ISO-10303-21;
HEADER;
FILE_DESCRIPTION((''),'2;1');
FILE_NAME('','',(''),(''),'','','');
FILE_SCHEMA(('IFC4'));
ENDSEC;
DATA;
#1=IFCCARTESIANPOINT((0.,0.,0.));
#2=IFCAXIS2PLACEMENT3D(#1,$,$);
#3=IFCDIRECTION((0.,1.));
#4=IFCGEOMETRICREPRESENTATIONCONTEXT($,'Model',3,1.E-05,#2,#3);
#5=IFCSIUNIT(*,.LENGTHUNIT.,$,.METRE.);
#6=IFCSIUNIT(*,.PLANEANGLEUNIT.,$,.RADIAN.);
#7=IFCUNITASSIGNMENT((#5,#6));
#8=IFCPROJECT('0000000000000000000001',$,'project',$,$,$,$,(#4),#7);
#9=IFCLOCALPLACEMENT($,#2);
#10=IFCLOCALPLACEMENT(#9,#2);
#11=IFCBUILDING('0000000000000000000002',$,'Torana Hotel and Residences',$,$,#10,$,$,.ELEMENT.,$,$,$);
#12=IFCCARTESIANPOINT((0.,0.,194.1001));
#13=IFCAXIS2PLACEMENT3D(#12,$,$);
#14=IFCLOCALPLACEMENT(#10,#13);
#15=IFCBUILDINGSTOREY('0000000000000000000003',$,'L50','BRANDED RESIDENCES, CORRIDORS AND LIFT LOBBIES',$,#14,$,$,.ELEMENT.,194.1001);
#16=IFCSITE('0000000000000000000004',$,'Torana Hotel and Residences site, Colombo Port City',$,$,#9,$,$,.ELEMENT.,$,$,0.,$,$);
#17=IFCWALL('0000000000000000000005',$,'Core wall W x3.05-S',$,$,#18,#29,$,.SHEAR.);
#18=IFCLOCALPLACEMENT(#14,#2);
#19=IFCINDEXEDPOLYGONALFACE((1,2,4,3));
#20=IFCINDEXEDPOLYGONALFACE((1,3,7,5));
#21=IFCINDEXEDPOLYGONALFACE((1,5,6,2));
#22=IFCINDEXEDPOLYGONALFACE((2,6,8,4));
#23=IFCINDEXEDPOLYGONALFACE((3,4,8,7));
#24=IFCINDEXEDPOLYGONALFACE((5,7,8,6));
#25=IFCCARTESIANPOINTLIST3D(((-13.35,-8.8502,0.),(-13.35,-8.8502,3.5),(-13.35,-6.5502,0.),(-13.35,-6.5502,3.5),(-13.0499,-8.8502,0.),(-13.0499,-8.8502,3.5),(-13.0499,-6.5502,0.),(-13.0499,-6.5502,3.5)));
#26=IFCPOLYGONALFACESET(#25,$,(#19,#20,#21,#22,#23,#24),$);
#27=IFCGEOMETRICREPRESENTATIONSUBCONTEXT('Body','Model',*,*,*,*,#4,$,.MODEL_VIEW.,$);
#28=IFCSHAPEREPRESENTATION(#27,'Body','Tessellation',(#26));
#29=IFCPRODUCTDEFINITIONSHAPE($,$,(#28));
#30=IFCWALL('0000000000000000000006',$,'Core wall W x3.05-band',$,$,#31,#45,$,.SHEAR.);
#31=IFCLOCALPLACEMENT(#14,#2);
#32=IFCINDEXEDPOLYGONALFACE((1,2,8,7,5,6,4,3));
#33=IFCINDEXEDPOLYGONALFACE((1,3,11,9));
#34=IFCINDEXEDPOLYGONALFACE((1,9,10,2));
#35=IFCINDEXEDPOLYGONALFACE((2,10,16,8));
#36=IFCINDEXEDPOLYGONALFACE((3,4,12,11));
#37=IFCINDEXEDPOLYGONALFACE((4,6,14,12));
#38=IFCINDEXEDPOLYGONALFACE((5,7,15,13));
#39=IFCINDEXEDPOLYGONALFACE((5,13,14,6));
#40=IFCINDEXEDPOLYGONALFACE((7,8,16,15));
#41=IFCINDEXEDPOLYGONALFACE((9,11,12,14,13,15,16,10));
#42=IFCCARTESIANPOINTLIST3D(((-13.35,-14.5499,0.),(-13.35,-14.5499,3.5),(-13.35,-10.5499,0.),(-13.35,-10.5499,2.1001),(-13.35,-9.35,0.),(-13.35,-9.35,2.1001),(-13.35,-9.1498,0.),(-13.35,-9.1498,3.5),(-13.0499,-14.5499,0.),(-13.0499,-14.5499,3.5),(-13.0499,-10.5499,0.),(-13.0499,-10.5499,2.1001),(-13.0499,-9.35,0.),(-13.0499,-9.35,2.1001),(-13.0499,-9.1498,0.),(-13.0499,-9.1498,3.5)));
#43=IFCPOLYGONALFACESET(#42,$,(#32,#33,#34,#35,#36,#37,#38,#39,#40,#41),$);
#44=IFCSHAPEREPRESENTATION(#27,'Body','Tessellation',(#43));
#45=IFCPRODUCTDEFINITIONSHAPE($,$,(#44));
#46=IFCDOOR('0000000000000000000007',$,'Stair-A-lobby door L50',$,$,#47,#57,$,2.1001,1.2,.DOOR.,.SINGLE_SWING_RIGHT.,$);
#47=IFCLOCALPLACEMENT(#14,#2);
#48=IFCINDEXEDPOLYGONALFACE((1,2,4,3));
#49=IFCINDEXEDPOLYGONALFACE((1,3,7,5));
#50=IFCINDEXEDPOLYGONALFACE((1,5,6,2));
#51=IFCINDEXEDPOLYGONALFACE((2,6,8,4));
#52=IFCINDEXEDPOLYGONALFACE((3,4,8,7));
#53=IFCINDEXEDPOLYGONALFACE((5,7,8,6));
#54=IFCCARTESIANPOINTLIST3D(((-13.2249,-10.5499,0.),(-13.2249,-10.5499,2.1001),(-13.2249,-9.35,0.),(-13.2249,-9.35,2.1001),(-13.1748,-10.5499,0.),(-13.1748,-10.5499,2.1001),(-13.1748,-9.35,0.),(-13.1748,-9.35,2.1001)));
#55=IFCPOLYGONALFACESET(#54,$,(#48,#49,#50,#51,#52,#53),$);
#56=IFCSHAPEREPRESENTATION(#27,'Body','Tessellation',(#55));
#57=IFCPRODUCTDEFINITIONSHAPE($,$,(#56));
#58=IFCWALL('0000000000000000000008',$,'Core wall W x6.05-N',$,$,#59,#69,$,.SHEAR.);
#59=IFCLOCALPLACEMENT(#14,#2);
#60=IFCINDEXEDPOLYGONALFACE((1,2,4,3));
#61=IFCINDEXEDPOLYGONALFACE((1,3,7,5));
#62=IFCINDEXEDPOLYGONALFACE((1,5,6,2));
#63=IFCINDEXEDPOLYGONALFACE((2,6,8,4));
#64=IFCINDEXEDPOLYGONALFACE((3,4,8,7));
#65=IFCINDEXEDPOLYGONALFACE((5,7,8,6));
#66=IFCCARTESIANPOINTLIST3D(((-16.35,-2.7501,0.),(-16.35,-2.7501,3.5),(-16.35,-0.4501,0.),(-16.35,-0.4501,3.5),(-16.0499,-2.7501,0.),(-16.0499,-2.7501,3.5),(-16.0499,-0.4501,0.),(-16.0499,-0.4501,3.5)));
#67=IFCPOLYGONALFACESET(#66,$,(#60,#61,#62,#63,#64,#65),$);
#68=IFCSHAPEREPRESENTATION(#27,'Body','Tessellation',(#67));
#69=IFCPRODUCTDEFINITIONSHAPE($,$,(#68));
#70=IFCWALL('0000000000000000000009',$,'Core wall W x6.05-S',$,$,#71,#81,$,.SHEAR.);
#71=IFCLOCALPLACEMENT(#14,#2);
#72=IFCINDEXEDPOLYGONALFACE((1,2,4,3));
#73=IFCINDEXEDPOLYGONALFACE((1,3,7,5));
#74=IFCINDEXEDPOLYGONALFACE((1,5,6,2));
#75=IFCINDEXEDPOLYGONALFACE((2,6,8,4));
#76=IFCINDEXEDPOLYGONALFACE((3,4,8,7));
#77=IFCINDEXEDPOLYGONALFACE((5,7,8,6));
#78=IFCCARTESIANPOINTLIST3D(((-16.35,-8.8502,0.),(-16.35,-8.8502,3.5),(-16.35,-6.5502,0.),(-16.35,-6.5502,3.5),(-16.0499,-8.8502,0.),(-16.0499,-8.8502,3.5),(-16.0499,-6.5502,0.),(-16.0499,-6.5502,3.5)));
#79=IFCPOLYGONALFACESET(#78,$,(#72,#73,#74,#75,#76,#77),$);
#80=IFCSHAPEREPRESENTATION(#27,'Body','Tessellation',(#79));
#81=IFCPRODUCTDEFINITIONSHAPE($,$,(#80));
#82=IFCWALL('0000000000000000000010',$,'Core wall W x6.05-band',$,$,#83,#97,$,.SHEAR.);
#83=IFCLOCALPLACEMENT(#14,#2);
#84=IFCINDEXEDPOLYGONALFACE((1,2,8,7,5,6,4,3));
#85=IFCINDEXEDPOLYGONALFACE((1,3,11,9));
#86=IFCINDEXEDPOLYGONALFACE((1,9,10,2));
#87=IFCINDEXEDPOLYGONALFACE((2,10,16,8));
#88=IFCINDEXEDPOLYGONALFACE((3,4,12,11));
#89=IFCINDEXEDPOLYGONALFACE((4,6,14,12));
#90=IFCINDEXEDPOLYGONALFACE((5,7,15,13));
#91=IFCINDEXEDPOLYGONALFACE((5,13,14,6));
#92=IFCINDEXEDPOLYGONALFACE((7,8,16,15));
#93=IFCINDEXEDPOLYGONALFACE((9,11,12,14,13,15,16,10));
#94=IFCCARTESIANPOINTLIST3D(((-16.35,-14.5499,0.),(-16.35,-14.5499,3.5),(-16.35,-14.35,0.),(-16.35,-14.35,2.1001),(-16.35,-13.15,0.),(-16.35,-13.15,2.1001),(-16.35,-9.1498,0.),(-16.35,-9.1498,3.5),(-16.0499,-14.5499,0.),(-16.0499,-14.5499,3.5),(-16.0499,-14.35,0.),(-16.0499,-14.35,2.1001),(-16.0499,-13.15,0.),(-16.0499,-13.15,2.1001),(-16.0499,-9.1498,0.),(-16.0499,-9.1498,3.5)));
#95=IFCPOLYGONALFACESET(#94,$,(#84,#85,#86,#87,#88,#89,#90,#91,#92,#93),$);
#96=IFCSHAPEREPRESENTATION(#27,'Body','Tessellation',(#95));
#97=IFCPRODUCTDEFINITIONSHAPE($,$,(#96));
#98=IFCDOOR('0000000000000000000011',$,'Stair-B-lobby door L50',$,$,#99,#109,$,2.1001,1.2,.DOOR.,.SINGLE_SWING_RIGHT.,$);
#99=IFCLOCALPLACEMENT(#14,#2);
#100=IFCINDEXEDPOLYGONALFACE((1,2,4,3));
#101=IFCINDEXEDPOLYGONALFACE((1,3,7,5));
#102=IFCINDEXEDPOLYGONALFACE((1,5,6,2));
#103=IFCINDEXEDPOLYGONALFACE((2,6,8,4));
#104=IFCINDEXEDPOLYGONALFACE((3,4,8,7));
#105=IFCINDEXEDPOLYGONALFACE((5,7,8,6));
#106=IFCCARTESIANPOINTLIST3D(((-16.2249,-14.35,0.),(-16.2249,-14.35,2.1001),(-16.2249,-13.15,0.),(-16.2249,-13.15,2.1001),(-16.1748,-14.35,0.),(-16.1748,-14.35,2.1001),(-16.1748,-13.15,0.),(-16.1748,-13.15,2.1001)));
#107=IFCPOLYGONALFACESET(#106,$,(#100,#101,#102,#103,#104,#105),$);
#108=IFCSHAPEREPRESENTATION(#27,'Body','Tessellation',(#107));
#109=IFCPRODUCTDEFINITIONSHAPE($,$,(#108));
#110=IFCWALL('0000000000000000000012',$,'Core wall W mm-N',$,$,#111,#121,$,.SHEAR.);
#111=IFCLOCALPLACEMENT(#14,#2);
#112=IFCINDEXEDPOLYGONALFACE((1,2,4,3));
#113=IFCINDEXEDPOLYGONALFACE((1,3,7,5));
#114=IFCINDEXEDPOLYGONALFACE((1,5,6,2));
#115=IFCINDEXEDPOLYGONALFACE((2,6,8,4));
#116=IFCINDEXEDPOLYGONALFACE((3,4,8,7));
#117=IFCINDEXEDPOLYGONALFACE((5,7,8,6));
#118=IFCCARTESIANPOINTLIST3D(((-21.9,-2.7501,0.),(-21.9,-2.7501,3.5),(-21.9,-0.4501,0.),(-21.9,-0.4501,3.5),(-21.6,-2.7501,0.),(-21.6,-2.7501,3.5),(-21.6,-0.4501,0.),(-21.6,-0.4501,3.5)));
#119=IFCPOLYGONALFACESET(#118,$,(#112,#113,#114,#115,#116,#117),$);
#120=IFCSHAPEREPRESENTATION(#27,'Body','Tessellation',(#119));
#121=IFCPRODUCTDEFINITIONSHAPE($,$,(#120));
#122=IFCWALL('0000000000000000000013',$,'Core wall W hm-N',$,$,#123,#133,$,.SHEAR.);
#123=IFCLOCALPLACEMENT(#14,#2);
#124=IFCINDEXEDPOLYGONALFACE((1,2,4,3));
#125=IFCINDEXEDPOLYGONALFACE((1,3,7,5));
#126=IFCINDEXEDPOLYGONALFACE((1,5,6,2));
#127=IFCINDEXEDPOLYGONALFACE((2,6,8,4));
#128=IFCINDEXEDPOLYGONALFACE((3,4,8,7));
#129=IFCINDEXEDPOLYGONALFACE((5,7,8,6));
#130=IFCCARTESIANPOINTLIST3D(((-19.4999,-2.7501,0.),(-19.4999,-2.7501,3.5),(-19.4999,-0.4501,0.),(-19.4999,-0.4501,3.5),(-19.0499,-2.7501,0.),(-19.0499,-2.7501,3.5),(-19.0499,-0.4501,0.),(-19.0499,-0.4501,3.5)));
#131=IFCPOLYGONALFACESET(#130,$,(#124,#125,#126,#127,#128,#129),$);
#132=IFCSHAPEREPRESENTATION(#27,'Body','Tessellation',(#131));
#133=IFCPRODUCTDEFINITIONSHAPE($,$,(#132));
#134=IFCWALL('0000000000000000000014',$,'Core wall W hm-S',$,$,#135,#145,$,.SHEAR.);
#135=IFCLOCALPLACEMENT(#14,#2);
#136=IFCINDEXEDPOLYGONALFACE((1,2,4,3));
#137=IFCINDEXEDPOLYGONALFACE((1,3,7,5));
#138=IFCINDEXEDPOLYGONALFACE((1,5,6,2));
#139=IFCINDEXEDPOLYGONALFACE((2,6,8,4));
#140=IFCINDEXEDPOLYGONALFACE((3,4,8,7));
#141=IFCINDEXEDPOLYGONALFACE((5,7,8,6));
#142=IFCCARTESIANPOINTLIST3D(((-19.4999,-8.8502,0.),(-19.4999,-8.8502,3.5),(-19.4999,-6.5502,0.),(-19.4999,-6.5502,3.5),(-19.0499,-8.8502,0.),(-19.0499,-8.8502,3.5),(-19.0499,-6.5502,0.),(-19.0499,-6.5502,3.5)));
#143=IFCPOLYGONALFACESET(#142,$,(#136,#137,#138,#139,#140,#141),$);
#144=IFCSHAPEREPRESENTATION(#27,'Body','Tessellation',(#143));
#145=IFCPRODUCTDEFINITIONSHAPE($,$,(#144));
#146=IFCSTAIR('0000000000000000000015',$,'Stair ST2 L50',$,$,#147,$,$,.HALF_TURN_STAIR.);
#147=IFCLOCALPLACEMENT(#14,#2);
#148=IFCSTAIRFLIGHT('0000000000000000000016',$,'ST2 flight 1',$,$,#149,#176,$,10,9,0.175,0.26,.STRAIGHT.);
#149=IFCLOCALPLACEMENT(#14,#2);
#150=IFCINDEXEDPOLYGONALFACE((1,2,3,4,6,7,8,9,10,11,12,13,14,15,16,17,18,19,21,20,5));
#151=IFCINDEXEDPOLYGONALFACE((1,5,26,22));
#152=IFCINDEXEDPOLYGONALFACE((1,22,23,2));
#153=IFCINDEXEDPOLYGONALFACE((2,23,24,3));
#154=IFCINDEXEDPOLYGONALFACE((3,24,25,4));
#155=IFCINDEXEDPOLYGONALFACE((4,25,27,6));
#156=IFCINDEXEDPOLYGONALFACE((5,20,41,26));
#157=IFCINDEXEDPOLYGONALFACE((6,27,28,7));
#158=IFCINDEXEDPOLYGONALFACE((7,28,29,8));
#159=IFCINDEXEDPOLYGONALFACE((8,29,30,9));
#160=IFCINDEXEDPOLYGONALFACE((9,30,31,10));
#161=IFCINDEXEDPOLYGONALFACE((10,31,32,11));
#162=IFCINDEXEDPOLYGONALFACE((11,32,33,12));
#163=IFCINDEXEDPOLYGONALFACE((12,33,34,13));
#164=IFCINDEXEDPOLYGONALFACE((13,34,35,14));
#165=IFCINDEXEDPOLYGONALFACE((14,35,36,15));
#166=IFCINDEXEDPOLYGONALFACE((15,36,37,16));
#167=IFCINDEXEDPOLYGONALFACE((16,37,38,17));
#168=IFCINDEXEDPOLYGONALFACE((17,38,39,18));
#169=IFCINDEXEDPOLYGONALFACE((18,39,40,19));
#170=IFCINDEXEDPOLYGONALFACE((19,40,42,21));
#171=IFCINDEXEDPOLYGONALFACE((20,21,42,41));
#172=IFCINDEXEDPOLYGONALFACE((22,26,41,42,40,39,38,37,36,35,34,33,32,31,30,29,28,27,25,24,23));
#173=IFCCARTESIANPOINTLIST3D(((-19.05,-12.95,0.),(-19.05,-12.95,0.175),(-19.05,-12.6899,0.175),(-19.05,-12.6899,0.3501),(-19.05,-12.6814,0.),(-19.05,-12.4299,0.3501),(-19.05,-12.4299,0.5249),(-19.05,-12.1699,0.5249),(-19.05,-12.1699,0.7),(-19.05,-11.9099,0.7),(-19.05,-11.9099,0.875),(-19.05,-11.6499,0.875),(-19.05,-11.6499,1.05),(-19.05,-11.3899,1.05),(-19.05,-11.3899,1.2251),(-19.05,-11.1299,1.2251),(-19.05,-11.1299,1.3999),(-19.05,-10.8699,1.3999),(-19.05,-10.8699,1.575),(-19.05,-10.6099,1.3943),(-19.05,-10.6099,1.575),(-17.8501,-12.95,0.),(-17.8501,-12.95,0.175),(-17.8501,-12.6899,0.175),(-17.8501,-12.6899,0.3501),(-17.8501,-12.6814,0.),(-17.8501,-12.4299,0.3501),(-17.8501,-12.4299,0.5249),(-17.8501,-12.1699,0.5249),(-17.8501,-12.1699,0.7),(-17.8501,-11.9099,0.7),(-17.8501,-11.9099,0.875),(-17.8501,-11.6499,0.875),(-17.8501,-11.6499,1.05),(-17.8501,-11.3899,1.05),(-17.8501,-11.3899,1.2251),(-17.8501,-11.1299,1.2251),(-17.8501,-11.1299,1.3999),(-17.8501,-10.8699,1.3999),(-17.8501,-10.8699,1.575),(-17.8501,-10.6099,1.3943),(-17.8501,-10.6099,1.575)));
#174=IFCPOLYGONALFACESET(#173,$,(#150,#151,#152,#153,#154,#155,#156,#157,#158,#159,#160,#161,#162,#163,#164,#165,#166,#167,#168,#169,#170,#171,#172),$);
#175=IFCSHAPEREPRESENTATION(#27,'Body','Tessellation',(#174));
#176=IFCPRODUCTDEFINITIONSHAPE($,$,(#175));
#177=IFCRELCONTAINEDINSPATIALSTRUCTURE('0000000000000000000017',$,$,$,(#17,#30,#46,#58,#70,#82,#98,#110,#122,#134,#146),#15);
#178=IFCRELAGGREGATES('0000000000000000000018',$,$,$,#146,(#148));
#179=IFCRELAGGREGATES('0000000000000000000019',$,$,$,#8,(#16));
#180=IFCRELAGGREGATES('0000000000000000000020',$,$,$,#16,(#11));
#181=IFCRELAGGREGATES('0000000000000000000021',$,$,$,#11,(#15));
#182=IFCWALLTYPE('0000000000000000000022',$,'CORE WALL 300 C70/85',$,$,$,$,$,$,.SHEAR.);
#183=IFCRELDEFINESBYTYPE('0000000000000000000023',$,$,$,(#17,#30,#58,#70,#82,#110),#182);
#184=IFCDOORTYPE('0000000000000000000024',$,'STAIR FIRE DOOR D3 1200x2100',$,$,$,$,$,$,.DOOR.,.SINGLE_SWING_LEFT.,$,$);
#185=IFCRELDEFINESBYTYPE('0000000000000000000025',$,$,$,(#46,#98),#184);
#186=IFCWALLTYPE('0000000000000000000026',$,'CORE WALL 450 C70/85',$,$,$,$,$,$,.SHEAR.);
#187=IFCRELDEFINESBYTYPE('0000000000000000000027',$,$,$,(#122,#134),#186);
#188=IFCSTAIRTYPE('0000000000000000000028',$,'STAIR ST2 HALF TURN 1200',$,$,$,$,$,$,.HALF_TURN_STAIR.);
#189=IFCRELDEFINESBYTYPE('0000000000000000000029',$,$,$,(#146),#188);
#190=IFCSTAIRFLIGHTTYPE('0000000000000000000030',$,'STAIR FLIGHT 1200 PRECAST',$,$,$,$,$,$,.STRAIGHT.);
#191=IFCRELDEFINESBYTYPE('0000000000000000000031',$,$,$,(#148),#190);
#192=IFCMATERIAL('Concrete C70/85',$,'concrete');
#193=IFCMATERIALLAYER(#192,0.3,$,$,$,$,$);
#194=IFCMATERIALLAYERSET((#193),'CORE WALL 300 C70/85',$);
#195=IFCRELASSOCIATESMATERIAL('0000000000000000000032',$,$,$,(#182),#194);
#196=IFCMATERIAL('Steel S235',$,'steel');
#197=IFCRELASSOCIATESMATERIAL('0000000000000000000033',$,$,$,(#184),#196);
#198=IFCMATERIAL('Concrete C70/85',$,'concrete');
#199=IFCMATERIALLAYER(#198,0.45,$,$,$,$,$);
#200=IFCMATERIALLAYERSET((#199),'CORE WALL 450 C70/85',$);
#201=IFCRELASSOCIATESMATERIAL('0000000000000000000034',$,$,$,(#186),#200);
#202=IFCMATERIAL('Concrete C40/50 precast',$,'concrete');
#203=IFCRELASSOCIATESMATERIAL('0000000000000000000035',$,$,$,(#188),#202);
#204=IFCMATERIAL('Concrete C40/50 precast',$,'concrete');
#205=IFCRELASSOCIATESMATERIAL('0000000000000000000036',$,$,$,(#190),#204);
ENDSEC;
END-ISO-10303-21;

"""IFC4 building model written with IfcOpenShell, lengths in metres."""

from ifc_helpers import new_model, si_unit, direction, frame, frame_2d, origin, place, context, subcontext, project, spatial, polyline, rectangle, outline, extrude, material, layer, layer_set, type_object, element, fill, aggregate, save


model = new_model("IFC4")

# Units and contexts
model_context = context("Model", 3, precision=1e-05, world=origin(), true_north=direction((0.0, 1.0)))
body_context = subcontext(model_context, "Body", "Model", "MODEL_VIEW")
ifc_project = project(units=[si_unit("LENGTHUNIT", "METRE"), si_unit("PLANEANGLEUNIT", "RADIAN")], contexts=[model_context])

# Site, building, storey
site_placement = place(None, origin())
site = spatial("IfcSite", under=ifc_project, at=site_placement, Name="Torana Hotel and Residences site, Colombo Port City", CompositionType="ELEMENT", RefElevation=0.0)
building_placement = place(site_placement, origin())
building = spatial("IfcBuilding", under=site, at=building_placement, Name="Torana Hotel and Residences", CompositionType="ELEMENT")
storey_placement = place(building_placement, frame((0.0, 0.0, 194.1001)))
storey = spatial("IfcBuildingStorey", under=building, at=storey_placement, Name="L50", Description="BRANDED RESIDENCES, CORRIDORS AND LIFT LOBBIES", CompositionType="ELEMENT", Elevation=194.1001)

# Wall
ifc_material_1 = material(Name="Concrete C70/85", Category="concrete")
ifc_layer_1 = layer(ifc_material_1, 0.3)
ifc_layer_set_1 = layer_set([ifc_layer_1], Name="CORE WALL 300 C70/85")
wall_type_1 = type_object("IfcWallType", Name="CORE WALL 300 C70/85", PredefinedType="SHEAR", material=ifc_layer_set_1)
wall_1_placement = place(storey_placement, frame((-13.2, -8.8501, 0.0), z_axis=(0.0, 0.0, 1.0), x_axis=(0.0, 1.0, 0.0)))
element("IfcWall", 1, at=wall_1_placement, inside=storey, type_object=wall_type_1, Name="Core wall W x3.05-S", PredefinedType="SHEAR", context=body_context, shape_type="SweptSolid", body=[
    extrude(rectangle(XDim=2.3, YDim=0.3, at=frame_2d((1.1499, 0.0))), origin(), (0.0, 0.0, 1.0), 3.5),
])

# Wall, opening, door
wall_2_placement = place(storey_placement, frame((-13.2, -14.55, 0.0), z_axis=(0.0, 0.0, 1.0), x_axis=(0.0, 1.0, 0.0)))
wall_2 = element("IfcWall", 2, at=wall_2_placement, inside=storey, type_object=wall_type_1, Name="Core wall W x3.05-band", PredefinedType="SHEAR", context=body_context, shape_type="SweptSolid", body=[
    extrude(rectangle(XDim=5.4001, YDim=0.3, at=frame_2d((2.7002, 0.0))), origin(), (0.0, 0.0, 1.0), 3.5),
])
opening_1_placement = place(wall_2_placement, frame((4.0, 0.0, 0.0)))
opening_1 = element("IfcOpeningElement", 3, at=opening_1_placement, cuts=wall_2, PredefinedType="OPENING", context=body_context, shape_type="SweptSolid", body=[
    extrude(rectangle(XDim=1.2, YDim=2.1001, at=frame_2d((0.6001, 1.05))), frame((0.0, 0.1599, 0.0), z_axis=(0.0, -1.0, 0.0), x_axis=(1.0, 0.0, 0.0)), (0.0, 0.0, 1.0), 0.3201),
])
ifc_material_2 = material(Name="Steel S235", Category="steel")
door_type = type_object("IfcDoorType", Name="STAIR FIRE DOOR D3 1200x2100", OperationType="SINGLE_SWING_LEFT", PredefinedType="DOOR", material=ifc_material_2)
door_1_placement = place(opening_1_placement, frame((0.6001, 0.0, 0.0), z_axis=(0.0, 0.0, 1.0), x_axis=(-1.0, 0.0, 0.0)))
door_1 = element("IfcDoor", 4, at=door_1_placement, inside=storey, type_object=door_type, Name="Stair-A-lobby door L50", OperationType="SINGLE_SWING_RIGHT", OverallHeight=2.1001, OverallWidth=1.2, PredefinedType="DOOR", context=body_context, shape_type="SweptSolid", body=[
    extrude(rectangle(XDim=1.2, YDim=2.1001, at=frame_2d((0.0, 1.05))), frame((0.0, -0.0249, 0.0), z_axis=(0.0, 1.0, 0.0), x_axis=(-1.0, 0.0, 0.0)), (0.0, 0.0, 1.0), 0.05),
])
fill(opening_1, door_1)

# Walls
for number, where, z_axis, x_axis, name in (
    (5, (-16.2, -2.75, 0.0), (0.0, 0.0, 1.0), (0.0, 1.0, 0.0), "Core wall W x6.05-N"),
    (6, (-16.2, -8.8501, 0.0), (0.0, 0.0, 1.0), (0.0, 1.0, 0.0), "Core wall W x6.05-S"),
):
    element("IfcWall", number, at=place(storey_placement, frame(where, z_axis=z_axis, x_axis=x_axis)), inside=storey, type_object=wall_type_1, Name=name, PredefinedType="SHEAR", context=body_context, shape_type="SweptSolid", body=[
        extrude(rectangle(XDim=2.3, YDim=0.3, at=frame_2d((1.1499, 0.0))), origin(), (0.0, 0.0, 1.0), 3.5),
    ])

# Wall, opening, door
wall_3_placement = place(storey_placement, frame((-16.2, -14.55, 0.0), z_axis=(0.0, 0.0, 1.0), x_axis=(0.0, 1.0, 0.0)))
wall_3 = element("IfcWall", 7, at=wall_3_placement, inside=storey, type_object=wall_type_1, Name="Core wall W x6.05-band", PredefinedType="SHEAR", context=body_context, shape_type="SweptSolid", body=[
    extrude(rectangle(XDim=5.4001, YDim=0.3, at=frame_2d((2.7002, 0.0))), origin(), (0.0, 0.0, 1.0), 3.5),
])
opening_2_placement = place(wall_3_placement, frame((0.2, 0.0, 0.0)))
opening_2 = element("IfcOpeningElement", 8, at=opening_2_placement, cuts=wall_3, PredefinedType="OPENING", context=body_context, shape_type="SweptSolid", body=[
    extrude(rectangle(XDim=1.2, YDim=2.1001, at=frame_2d((0.6001, 1.05))), frame((0.0, 0.1599, 0.0), z_axis=(0.0, -1.0, 0.0), x_axis=(1.0, 0.0, 0.0)), (0.0, 0.0, 1.0), 0.3201),
])
door_2_placement = place(opening_2_placement, origin())
door_2 = element("IfcDoor", 9, at=door_2_placement, inside=storey, type_object=door_type, Name="Stair-B-lobby door L50", OperationType="SINGLE_SWING_RIGHT", OverallHeight=2.1001, OverallWidth=1.2, PredefinedType="DOOR", context=body_context, shape_type="SweptSolid", body=[
    extrude(rectangle(XDim=1.2, YDim=2.1001, at=frame_2d((0.6001, 1.05))), frame((0.0, 0.0249, 0.0), z_axis=(0.0, -1.0, 0.0), x_axis=(1.0, 0.0, 0.0)), (0.0, 0.0, 1.0), 0.05),
])
fill(opening_2, door_2)

# Walls
wall_4_placement = place(storey_placement, frame((-21.75, -2.75, 0.0), z_axis=(0.0, 0.0, 1.0), x_axis=(0.0, 1.0, 0.0)))
element("IfcWall", 10, at=wall_4_placement, inside=storey, type_object=wall_type_1, Name="Core wall W mm-N", PredefinedType="SHEAR", context=body_context, shape_type="SweptSolid", body=[
    extrude(rectangle(XDim=2.3, YDim=0.3, at=frame_2d((1.1499, 0.0))), origin(), (0.0, 0.0, 1.0), 3.5),
])
ifc_material_3 = material(Name="Concrete C70/85", Category="concrete")
ifc_layer_2 = layer(ifc_material_3, 0.45)
ifc_layer_set_2 = layer_set([ifc_layer_2], Name="CORE WALL 450 C70/85")
wall_type_2 = type_object("IfcWallType", Name="CORE WALL 450 C70/85", PredefinedType="SHEAR", material=ifc_layer_set_2)
for number, where, z_axis, x_axis, name in (
    (11, (-19.2749, -2.75, 0.0), (0.0, 0.0, 1.0), (0.0, 1.0, 0.0), "Core wall W hm-N"),
    (12, (-19.2749, -8.8501, 0.0), (0.0, 0.0, 1.0), (0.0, 1.0, 0.0), "Core wall W hm-S"),
):
    element("IfcWall", number, at=place(storey_placement, frame(where, z_axis=z_axis, x_axis=x_axis)), inside=storey, type_object=wall_type_2, Name=name, PredefinedType="SHEAR", context=body_context, shape_type="SweptSolid", body=[
        extrude(rectangle(XDim=2.3, YDim=0.45, at=frame_2d((1.1499, 0.0))), origin(), (0.0, 0.0, 1.0), 3.5),
    ])

# Stair, stair flight
ifc_material_4 = material(Name="Concrete C40/50 precast", Category="concrete")
stair_type = type_object("IfcStairType", Name="STAIR ST2 HALF TURN 1200", PredefinedType="HALF_TURN_STAIR", material=ifc_material_4)
stair_placement = place(storey_placement, origin())
stair = element("IfcStair", 13, at=stair_placement, inside=storey, type_object=stair_type, Name="Stair ST2 L50", PredefinedType="HALF_TURN_STAIR")
ifc_material_5 = material(Name="Concrete C40/50 precast", Category="concrete")
stair_flight_type = type_object("IfcStairFlightType", Name="STAIR FLIGHT 1200 PRECAST", PredefinedType="STRAIGHT", material=ifc_material_5)
stair_flight_1_placement = place(storey_placement, frame((-18.45, -12.95, 0.0), z_axis=(0.0, 0.0, 1.0), x_axis=(0.0, 1.0, 0.0)))
stair_flight_1 = element("IfcStairFlight", 14, at=stair_flight_1_placement, type_object=stair_flight_type, Name="ST2 flight 1", NumberOfRisers=10, NumberOfTreads=9, PredefinedType="STRAIGHT", RiserHeight=0.175, TreadLength=0.26, context=body_context, shape_type="SweptSolid", body=[
    extrude(outline(polyline([(0.0, 0.0), (0.0, 0.175), (0.26, 0.175), (0.26, 0.3501), (0.52, 0.3501), (0.52, 0.5249), (0.78, 0.5249), (0.78, 0.7), (1.04, 0.7), (1.04, 0.875), (1.3, 0.875), (1.3, 1.05), (1.5601, 1.05), (1.5601, 1.2251), (1.8201, 1.2251), (1.8201, 1.3999), (2.0801, 1.3999), (2.0801, 1.575), (2.3401, 1.575), (2.3401, 1.75), (2.3401, 1.3943), (0.2686, 0.0), (0.0, 0.0)])), frame((0.0, 0.6001, 0.0), z_axis=(0.0, -1.0, 0.0), x_axis=(1.0, 0.0, 0.0)), (0.0, 0.0, 1.0), 1.2),
])
aggregate(stair, [stair_flight_1])

save(model, "model.ifc")
